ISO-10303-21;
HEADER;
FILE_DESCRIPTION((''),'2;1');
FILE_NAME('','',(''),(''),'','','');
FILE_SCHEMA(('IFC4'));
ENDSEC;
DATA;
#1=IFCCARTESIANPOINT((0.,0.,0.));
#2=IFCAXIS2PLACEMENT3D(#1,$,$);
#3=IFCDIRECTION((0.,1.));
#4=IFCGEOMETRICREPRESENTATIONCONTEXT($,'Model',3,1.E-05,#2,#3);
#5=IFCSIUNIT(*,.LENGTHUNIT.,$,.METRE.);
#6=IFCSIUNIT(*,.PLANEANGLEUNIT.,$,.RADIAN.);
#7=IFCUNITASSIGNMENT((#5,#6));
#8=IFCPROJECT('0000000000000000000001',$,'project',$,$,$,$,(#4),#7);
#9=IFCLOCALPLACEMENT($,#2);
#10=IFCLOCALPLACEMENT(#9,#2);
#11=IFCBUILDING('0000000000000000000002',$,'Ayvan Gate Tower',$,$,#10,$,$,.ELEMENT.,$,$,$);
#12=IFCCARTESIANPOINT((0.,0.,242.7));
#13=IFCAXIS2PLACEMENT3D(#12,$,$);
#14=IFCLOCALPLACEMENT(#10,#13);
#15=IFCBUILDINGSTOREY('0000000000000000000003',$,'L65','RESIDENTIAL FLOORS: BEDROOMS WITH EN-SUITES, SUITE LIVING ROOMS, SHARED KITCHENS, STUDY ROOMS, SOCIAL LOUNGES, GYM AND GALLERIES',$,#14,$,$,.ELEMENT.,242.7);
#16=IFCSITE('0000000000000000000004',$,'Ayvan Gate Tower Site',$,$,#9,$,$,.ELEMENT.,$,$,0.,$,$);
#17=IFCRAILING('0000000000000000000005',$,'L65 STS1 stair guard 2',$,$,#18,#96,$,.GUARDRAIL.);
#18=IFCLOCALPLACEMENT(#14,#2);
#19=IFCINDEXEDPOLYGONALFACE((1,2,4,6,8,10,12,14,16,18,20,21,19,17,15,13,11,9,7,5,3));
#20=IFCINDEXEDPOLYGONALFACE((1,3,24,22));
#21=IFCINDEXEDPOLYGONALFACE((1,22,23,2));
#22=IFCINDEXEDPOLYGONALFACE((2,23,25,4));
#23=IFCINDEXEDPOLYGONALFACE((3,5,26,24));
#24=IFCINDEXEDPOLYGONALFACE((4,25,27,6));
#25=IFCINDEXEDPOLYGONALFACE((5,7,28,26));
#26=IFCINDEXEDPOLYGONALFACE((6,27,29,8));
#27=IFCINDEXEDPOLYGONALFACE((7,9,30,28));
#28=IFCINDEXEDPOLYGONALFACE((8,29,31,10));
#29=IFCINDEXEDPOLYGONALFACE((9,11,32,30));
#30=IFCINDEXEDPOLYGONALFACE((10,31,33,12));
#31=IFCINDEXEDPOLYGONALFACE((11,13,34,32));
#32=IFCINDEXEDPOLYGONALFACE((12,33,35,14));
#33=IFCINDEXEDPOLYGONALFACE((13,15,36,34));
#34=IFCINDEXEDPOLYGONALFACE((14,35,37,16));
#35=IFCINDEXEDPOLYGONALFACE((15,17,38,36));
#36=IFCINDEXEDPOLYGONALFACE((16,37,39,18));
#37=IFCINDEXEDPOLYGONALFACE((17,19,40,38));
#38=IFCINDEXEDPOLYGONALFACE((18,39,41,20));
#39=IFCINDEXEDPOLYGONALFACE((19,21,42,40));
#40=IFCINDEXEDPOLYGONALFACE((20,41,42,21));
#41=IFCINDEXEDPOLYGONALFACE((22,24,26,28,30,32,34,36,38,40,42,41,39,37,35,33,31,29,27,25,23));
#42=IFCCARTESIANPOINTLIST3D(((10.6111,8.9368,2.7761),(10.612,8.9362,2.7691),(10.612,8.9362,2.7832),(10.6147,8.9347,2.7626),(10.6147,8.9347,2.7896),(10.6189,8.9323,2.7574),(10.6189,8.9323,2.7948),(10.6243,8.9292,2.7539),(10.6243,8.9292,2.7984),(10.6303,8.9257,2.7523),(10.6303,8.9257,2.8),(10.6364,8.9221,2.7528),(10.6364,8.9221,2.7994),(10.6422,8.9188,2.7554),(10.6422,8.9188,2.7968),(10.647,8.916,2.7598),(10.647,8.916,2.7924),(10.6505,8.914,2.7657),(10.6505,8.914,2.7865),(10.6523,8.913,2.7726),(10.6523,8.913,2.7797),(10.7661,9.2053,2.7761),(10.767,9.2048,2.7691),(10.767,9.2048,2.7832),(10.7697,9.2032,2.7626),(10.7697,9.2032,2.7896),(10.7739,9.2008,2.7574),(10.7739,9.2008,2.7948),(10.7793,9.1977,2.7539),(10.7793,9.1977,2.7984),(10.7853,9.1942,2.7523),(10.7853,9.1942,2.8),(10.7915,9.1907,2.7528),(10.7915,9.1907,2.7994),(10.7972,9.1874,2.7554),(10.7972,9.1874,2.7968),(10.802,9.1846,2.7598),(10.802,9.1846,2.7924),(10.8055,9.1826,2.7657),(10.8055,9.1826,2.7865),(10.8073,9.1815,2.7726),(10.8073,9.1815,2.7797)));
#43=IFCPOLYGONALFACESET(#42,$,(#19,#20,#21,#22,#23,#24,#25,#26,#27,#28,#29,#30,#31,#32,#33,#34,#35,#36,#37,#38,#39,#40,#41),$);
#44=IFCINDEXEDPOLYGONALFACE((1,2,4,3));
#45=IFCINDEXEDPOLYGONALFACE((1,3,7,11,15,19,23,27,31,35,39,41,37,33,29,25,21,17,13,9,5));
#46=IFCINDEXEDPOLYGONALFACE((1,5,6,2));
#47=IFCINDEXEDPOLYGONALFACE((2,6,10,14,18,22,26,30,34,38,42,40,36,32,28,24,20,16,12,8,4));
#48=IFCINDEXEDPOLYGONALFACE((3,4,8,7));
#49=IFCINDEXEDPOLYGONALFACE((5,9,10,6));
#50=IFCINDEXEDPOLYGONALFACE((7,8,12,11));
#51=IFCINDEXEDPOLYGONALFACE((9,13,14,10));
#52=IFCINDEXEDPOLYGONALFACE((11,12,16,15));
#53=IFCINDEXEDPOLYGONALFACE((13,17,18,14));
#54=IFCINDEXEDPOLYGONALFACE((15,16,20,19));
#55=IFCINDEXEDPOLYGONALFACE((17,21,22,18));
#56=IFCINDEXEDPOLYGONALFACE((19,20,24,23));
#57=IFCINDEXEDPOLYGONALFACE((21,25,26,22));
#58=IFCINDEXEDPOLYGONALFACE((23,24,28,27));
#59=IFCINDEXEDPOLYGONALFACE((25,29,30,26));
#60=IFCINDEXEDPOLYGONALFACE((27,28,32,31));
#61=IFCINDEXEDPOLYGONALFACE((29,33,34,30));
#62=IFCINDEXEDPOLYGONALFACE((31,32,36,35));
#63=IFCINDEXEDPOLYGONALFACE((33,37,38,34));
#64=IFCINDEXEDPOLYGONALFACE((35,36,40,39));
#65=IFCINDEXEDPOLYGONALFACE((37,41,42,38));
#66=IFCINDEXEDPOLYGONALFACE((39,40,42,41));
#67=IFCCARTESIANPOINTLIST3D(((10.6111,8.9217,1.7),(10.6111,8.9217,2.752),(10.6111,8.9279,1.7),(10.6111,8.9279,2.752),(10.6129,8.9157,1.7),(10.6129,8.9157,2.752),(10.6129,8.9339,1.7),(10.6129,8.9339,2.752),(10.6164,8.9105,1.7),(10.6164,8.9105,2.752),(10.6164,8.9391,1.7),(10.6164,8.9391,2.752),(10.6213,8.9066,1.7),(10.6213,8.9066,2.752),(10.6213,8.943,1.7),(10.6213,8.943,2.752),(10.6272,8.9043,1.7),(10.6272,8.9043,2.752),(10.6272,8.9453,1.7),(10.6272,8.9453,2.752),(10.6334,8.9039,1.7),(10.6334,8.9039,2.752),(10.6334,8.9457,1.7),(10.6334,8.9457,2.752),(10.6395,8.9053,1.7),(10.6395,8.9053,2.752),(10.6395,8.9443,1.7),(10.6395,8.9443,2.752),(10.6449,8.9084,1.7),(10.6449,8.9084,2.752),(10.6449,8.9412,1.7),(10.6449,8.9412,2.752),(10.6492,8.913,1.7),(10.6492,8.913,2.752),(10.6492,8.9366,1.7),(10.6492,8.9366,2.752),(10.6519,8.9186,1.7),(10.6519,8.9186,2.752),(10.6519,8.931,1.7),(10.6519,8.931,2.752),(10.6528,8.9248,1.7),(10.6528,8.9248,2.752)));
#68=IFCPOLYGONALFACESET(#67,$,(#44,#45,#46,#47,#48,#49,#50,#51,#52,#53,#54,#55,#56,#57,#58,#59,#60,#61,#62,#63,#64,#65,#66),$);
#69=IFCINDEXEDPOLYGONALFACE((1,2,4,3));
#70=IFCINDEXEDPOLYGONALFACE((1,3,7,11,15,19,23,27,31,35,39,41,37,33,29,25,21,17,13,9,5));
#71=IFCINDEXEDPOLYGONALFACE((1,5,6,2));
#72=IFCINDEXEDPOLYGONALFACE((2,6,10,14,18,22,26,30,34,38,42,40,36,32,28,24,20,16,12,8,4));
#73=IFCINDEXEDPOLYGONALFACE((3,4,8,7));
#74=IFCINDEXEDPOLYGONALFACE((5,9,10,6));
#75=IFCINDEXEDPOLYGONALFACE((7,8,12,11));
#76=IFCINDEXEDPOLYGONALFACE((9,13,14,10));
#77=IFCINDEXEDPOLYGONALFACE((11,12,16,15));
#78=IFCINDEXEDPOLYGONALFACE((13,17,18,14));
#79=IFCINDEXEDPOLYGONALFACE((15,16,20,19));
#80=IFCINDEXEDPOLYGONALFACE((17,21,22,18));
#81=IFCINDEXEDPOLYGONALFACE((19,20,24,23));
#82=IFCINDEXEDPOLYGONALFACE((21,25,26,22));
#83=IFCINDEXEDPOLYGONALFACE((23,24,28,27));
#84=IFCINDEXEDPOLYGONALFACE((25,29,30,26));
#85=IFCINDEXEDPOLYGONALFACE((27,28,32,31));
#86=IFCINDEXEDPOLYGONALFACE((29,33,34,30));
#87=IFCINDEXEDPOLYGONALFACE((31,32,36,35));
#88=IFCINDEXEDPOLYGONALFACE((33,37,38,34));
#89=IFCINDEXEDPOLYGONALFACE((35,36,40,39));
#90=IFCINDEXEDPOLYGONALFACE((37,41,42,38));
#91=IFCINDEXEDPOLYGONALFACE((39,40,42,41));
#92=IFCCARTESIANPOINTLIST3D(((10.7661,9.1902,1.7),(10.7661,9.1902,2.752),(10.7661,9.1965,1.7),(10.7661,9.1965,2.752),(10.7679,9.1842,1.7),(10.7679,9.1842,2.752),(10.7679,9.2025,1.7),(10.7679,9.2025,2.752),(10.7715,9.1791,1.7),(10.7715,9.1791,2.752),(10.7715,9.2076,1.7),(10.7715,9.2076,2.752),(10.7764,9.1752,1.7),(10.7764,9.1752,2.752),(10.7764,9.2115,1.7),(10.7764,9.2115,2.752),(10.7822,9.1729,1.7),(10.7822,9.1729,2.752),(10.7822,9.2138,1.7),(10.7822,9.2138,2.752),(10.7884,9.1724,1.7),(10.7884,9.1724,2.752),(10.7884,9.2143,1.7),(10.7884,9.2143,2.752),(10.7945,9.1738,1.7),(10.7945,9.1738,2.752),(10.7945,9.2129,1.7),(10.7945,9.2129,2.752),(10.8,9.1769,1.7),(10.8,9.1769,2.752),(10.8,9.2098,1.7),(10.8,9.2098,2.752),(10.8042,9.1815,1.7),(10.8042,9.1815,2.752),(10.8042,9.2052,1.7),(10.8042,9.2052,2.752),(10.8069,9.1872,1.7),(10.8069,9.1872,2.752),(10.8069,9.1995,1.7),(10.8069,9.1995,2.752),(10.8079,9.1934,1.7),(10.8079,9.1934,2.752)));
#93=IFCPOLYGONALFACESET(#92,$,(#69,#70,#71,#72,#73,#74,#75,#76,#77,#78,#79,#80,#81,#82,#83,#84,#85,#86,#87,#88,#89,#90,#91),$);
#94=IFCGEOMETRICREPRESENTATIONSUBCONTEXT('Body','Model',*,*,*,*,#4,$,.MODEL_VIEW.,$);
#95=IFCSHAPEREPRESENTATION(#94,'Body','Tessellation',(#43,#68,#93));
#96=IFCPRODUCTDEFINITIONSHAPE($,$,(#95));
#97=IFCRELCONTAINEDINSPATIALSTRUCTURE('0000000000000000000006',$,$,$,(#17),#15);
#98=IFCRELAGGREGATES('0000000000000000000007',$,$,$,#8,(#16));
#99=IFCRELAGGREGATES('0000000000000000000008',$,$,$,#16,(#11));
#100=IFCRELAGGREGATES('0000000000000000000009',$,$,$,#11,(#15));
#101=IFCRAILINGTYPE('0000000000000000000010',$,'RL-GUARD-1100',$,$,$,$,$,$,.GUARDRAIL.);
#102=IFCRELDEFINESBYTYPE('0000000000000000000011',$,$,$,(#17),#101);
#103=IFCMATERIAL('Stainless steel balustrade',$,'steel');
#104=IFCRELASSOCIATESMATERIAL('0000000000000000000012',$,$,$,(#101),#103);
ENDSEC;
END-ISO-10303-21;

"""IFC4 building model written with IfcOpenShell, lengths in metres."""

from ifc_helpers import new_model, si_unit, direction, frame, origin, origin_2d, place, context, subcontext, project, spatial, circle, extrude, material, type_object, element, save


model = new_model("IFC4")

# Units and contexts
model_context = context("Model", 3, precision=1e-05, world=origin(), true_north=direction((0.0, 1.0)))
body_context = subcontext(model_context, "Body", "Model", "MODEL_VIEW")
ifc_project = project(units=[si_unit("LENGTHUNIT", "METRE"), si_unit("PLANEANGLEUNIT", "RADIAN")], contexts=[model_context])

# Site, building, storey
site_placement = place(None, origin())
site = spatial("IfcSite", under=ifc_project, at=site_placement, Name="Ayvan Gate Tower Site", CompositionType="ELEMENT", RefElevation=0.0)
building_placement = place(site_placement, origin())
building = spatial("IfcBuilding", under=site, at=building_placement, Name="Ayvan Gate Tower", CompositionType="ELEMENT")
storey_placement = place(building_placement, frame((0.0, 0.0, 242.7)))
storey = spatial("IfcBuildingStorey", under=building, at=storey_placement, Name="L65", Description="RESIDENTIAL FLOORS: BEDROOMS WITH EN-SUITES, SUITE LIVING ROOMS, SHARED KITCHENS, STUDY ROOMS, SOCIAL LOUNGES, GYM AND GALLERIES", CompositionType="ELEMENT", Elevation=242.7)

# Railing
ifc_material_1 = material(Name="Stainless steel balustrade", Category="steel")
railing_type_1 = type_object("IfcRailingType", Name="RL-GUARD-1100", PredefinedType="GUARDRAIL", material=ifc_material_1)
railing_1_placement = place(storey_placement, frame((10.6318, 8.9248, 1.7)))
element("IfcRailing", 1, at=railing_1_placement, inside=storey, type_object=railing_type_1, Name="L65 STS1 stair guard 2", PredefinedType="GUARDRAIL", context=body_context, shape_type="SweptSolid", body=[
    extrude(circle(Radius=0.0239, at=origin_2d()), frame((0.0, 0.0, 1.0762), z_axis=(0.49995, 0.866054, 0.0), x_axis=(-0.866054, 0.49995, 0.0)), (0.0, 0.0, 1.0), 0.3101),
    extrude(circle(Radius=0.021, at=origin_2d()), origin(), (0.0, 0.0, 1.0), 1.052),
    extrude(circle(Radius=0.021, at=origin_2d()), frame((0.155, 0.2686, 0.0)), (0.0, 0.0, 1.0), 1.052),
])

save(model, "model.ifc")
